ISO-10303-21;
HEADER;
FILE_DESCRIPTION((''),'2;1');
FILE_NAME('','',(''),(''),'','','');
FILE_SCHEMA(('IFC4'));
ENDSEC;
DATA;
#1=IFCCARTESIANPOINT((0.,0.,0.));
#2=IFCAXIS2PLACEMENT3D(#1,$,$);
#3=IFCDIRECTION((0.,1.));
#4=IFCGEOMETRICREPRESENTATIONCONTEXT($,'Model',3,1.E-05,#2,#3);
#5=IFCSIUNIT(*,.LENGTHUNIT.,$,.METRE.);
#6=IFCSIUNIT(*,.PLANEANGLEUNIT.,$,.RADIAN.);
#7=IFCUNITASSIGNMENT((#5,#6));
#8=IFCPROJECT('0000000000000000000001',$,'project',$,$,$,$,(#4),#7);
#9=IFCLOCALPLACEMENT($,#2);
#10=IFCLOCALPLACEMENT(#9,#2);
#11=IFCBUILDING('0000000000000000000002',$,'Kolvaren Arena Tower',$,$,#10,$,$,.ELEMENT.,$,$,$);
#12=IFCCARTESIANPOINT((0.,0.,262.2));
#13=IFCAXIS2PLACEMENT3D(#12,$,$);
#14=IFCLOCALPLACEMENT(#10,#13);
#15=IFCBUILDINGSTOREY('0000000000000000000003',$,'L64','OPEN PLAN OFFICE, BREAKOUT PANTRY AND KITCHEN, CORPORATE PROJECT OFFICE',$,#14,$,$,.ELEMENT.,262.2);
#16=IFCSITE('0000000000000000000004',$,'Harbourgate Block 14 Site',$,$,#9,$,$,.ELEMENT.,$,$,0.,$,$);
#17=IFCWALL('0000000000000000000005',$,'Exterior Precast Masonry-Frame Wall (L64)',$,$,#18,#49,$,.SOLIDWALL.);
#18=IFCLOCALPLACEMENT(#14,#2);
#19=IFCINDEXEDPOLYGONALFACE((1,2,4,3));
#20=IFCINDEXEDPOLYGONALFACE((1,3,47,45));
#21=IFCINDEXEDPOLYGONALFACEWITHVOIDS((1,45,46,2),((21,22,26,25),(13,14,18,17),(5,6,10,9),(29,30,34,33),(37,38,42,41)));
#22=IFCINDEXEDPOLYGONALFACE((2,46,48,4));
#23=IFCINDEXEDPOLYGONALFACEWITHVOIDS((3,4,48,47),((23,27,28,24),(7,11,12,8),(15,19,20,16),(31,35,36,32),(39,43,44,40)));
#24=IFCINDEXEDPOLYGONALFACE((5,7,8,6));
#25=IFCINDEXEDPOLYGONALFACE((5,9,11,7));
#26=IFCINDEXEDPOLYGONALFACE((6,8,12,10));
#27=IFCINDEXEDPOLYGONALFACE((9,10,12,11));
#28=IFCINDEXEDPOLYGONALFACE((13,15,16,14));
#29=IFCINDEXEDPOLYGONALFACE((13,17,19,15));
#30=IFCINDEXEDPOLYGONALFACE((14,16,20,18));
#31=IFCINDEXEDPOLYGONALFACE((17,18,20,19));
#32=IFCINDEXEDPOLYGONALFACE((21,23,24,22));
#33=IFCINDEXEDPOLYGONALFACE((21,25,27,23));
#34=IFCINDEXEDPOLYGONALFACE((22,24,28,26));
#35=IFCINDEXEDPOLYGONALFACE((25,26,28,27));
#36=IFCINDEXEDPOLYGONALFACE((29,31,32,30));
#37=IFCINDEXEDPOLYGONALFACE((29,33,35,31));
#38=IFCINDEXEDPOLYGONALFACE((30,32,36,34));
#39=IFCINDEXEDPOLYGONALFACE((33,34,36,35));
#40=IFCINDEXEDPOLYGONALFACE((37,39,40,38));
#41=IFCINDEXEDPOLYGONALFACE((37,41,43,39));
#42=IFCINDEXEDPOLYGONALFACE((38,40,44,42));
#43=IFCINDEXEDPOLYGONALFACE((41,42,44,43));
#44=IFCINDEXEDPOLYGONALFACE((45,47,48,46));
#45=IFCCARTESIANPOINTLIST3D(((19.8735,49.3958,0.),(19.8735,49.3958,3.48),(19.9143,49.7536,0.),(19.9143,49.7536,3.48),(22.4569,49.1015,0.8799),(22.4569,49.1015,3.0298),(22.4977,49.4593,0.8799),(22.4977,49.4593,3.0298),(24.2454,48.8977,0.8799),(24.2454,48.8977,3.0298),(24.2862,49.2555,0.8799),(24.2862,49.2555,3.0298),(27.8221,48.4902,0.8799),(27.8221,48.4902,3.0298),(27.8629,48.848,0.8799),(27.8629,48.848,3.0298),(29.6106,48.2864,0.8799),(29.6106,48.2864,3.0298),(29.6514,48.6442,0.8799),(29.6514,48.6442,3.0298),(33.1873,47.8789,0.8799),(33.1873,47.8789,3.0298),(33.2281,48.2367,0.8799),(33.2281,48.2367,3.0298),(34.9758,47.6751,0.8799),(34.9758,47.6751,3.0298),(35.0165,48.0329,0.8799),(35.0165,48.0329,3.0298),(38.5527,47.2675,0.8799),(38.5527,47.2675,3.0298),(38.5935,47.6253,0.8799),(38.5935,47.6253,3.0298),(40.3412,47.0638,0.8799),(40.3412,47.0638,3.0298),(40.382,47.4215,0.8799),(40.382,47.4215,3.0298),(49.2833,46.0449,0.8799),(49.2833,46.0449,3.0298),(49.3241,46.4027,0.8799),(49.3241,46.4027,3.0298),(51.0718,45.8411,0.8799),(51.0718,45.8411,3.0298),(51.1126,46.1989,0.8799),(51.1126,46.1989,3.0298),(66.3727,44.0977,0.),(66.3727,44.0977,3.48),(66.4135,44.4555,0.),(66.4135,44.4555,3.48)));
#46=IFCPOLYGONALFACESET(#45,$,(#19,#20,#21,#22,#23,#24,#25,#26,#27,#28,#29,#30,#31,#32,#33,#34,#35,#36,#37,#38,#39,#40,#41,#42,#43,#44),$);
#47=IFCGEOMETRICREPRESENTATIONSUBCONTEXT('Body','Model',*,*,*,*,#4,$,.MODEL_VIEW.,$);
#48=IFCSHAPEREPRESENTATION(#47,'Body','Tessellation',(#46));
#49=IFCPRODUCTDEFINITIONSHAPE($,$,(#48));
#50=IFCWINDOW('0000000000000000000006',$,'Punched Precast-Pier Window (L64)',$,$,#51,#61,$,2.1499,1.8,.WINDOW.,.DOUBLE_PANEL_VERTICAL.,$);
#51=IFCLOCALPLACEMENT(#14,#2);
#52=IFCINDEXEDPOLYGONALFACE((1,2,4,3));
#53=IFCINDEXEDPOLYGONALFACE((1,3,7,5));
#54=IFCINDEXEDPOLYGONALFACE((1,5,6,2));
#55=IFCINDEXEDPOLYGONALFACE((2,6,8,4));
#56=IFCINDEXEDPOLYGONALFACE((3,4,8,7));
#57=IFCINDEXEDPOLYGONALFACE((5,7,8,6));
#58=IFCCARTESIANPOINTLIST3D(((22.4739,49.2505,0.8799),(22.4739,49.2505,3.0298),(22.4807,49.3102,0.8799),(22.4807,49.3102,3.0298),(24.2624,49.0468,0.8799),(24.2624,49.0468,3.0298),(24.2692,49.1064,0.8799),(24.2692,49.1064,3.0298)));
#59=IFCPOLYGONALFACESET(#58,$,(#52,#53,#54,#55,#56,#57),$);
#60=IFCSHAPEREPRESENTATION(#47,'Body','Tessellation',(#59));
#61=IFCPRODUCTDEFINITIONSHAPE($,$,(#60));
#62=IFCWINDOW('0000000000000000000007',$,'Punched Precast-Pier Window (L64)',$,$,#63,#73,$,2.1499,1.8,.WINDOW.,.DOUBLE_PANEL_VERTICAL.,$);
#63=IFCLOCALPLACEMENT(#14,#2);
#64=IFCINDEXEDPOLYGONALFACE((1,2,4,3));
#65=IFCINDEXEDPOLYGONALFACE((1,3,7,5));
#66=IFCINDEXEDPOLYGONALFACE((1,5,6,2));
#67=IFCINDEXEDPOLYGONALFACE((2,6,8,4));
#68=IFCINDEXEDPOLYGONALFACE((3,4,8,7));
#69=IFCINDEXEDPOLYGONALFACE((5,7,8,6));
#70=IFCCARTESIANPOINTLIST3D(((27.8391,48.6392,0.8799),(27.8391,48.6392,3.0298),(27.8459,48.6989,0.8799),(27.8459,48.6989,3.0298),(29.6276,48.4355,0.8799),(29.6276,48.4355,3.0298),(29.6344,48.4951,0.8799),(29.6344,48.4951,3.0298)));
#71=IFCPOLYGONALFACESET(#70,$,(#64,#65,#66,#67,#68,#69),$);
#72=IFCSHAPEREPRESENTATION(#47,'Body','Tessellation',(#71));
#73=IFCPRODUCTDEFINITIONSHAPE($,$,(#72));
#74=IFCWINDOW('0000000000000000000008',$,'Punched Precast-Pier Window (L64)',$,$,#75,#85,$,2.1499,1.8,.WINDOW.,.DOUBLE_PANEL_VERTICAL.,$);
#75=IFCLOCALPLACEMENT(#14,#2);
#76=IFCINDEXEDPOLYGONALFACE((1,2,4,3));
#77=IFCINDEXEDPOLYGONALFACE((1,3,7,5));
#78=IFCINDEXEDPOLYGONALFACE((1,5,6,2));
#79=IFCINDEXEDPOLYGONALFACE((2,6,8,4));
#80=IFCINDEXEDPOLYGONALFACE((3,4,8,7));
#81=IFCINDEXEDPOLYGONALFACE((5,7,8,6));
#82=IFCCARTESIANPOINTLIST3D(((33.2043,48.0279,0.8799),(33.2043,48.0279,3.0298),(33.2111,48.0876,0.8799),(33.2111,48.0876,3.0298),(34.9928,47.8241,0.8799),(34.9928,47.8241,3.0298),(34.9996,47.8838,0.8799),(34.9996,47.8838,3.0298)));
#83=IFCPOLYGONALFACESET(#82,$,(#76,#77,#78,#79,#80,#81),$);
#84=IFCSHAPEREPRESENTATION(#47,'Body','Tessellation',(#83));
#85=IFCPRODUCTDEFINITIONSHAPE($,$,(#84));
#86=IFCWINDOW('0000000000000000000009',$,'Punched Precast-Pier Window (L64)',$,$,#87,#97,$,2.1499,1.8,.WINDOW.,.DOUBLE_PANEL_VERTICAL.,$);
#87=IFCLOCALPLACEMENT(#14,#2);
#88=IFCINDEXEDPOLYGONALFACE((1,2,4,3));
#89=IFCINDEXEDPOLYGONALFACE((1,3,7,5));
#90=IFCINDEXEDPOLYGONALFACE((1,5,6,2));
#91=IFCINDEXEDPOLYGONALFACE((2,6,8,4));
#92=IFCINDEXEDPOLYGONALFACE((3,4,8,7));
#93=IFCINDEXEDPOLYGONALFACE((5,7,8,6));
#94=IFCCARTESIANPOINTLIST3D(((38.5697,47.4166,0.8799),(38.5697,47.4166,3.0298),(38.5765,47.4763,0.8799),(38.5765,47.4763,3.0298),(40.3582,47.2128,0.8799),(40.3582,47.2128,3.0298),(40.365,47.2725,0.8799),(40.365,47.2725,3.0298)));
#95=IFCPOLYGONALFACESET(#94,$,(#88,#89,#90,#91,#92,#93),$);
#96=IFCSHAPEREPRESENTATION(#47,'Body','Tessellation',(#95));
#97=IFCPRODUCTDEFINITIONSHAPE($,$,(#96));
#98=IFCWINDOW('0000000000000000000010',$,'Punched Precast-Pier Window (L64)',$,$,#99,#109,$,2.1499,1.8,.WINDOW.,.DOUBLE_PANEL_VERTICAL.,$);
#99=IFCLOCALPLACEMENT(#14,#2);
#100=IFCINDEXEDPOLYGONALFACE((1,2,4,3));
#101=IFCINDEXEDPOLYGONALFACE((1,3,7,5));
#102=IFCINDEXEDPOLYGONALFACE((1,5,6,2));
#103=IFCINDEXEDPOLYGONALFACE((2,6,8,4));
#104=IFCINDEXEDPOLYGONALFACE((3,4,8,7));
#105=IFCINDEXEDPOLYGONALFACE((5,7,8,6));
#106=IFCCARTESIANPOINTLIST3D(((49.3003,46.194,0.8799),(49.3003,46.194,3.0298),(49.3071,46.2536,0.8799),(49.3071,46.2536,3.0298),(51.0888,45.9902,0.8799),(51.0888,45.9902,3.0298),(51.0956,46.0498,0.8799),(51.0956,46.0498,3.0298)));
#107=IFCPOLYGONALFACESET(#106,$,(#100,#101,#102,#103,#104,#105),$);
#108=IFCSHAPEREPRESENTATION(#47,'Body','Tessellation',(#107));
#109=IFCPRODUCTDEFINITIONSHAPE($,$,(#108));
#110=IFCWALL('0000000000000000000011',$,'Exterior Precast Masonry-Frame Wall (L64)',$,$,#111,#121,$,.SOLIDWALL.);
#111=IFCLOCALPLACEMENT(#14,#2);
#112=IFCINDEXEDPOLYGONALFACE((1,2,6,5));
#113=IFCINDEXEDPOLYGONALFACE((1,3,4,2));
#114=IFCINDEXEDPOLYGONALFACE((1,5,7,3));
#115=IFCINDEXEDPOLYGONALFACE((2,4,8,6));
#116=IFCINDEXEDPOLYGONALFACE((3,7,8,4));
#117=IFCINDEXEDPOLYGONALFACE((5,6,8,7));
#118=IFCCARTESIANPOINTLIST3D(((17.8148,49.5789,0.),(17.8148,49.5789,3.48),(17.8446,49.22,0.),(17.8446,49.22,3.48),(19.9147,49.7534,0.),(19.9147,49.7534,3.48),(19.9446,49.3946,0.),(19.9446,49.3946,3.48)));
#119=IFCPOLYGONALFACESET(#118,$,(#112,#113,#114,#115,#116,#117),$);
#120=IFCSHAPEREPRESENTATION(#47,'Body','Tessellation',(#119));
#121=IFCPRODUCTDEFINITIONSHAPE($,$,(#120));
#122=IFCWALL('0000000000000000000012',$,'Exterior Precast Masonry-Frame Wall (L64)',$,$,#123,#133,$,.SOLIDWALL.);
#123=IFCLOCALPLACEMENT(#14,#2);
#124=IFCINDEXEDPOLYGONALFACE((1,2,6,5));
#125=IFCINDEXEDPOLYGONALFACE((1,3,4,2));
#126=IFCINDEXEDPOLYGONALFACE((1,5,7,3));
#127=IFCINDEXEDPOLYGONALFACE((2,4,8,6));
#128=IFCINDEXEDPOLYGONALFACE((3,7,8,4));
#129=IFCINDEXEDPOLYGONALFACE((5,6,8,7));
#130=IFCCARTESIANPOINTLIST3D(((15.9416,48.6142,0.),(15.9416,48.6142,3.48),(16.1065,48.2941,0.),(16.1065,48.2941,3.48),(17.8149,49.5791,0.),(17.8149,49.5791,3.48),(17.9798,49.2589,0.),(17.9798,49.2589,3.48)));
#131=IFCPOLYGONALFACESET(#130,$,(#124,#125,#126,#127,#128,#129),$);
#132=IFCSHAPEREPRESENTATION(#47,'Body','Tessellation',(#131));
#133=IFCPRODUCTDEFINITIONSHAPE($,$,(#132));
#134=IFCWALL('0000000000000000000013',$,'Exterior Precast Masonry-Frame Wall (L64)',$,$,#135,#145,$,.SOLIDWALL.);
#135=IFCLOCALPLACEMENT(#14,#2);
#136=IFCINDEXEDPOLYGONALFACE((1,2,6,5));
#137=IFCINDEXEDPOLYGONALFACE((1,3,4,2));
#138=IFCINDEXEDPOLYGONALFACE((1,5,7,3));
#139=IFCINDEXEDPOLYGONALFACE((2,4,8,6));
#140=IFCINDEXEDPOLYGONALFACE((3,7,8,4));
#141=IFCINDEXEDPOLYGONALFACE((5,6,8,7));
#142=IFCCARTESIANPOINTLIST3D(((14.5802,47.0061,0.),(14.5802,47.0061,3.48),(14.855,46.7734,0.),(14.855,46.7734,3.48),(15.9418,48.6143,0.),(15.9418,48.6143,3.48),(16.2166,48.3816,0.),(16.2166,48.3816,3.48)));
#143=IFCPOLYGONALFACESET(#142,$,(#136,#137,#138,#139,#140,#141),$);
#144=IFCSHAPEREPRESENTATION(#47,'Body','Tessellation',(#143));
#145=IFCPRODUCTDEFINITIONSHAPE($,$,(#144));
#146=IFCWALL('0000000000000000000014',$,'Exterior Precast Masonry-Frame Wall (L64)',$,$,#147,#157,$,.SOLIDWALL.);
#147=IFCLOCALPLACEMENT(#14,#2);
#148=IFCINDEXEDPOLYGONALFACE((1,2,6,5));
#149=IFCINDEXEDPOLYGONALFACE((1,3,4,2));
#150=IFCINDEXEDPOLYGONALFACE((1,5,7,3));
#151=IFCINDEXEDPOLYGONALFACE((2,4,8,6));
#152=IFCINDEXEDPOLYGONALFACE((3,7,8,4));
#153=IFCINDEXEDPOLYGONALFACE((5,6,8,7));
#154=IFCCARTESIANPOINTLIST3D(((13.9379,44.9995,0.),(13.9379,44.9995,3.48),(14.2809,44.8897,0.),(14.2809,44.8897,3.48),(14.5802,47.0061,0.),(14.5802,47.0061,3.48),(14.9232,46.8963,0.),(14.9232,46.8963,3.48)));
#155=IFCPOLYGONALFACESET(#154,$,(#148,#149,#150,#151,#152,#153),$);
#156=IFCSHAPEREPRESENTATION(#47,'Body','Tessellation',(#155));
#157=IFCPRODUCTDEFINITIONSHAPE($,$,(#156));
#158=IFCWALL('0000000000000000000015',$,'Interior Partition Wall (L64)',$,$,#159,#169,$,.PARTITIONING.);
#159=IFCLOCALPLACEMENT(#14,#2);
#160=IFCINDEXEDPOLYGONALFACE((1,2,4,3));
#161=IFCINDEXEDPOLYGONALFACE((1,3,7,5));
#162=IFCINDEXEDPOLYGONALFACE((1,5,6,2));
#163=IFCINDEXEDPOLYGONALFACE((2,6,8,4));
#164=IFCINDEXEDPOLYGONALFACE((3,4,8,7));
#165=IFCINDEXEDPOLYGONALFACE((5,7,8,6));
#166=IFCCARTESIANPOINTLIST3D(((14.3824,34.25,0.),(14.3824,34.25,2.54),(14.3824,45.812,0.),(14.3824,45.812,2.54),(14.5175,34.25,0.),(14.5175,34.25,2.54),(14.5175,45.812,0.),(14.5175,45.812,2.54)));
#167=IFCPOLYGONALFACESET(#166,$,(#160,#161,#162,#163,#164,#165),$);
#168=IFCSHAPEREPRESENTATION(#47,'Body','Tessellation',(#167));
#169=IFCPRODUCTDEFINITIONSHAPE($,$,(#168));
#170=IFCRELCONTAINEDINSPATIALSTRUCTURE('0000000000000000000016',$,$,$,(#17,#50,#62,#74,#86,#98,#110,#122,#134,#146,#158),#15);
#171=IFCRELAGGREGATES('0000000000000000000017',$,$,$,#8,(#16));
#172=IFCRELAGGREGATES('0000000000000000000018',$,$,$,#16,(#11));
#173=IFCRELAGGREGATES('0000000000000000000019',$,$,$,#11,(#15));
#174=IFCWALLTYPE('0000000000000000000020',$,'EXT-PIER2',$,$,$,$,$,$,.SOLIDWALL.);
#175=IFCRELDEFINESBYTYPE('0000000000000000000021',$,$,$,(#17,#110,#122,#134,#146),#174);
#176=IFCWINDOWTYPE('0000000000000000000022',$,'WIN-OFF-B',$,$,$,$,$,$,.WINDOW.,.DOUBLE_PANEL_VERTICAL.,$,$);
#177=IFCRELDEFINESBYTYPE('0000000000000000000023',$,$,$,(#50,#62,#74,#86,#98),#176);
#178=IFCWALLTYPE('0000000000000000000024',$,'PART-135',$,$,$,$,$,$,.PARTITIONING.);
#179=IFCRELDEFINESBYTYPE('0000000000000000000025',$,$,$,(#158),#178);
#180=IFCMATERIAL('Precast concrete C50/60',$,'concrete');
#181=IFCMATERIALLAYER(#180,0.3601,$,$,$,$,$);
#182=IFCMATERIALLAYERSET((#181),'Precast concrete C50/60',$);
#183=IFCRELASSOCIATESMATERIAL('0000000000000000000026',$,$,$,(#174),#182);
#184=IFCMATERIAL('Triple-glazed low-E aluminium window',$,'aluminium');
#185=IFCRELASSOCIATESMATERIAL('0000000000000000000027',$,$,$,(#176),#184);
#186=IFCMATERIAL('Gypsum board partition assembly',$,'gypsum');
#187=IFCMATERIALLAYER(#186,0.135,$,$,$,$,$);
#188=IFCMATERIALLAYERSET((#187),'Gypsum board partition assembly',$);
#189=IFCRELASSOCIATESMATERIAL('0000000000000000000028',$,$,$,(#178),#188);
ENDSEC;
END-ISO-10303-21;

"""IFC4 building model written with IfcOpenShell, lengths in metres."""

from ifc_helpers import new_model, si_unit, direction, frame, frame_2d, origin, place, context, subcontext, project, spatial, rectangle, extrude, material, layer, layer_set, type_object, element, fill, save


model = new_model("IFC4")

# Units and contexts
model_context = context("Model", 3, precision=1e-05, world=origin(), true_north=direction((0.0, 1.0)))
body_context = subcontext(model_context, "Body", "Model", "MODEL_VIEW")
ifc_project = project(units=[si_unit("LENGTHUNIT", "METRE"), si_unit("PLANEANGLEUNIT", "RADIAN")], contexts=[model_context])

# Site, building, storey
site_placement = place(None, origin())
site = spatial("IfcSite", under=ifc_project, at=site_placement, Name="Harbourgate Block 14 Site", CompositionType="ELEMENT", RefElevation=0.0)
building_placement = place(site_placement, origin())
building = spatial("IfcBuilding", under=site, at=building_placement, Name="Kolvaren Arena Tower", CompositionType="ELEMENT")
storey_placement = place(building_placement, frame((0.0, 0.0, 262.2)))
storey = spatial("IfcBuildingStorey", under=building, at=storey_placement, Name="L64", Description="OPEN PLAN OFFICE, BREAKOUT PANTRY AND KITCHEN, CORPORATE PROJECT OFFICE", CompositionType="ELEMENT", Elevation=262.2)

# Wall, openings, windows
ifc_material_1 = material(Name="Precast concrete C50/60", Category="concrete")
ifc_layer_1 = layer(ifc_material_1, 0.3601)
ifc_layer_set_1 = layer_set([ifc_layer_1], Name="Precast concrete C50/60")
wall_type_1 = type_object("IfcWallType", Name="EXT-PIER2", PredefinedType="SOLIDWALL", material=ifc_layer_set_1)
wall_1_placement = place(storey_placement, frame((19.894, 49.5747, 0.0), z_axis=(0.0, 0.0, 1.0), x_axis=(0.993571, -0.113207, 0.0)))
wall_1 = element("IfcWall", 1, at=wall_1_placement, inside=storey, type_object=wall_type_1, Name="Exterior Precast Masonry-Frame Wall (L64)", PredefinedType="SOLIDWALL", context=body_context, shape_type="SweptSolid", body=[
    extrude(rectangle(XDim=46.8, YDim=0.3601, at=frame_2d((23.3999, 0.0))), origin(), (0.0, 0.0, 1.0), 3.48),
])
opening_1_placement = place(wall_1_placement, frame((2.6001, 0.0, 0.8799)))
opening_1 = element("IfcOpeningElement", 2, at=opening_1_placement, cuts=wall_1, PredefinedType="OPENING", context=body_context, shape_type="SweptSolid", body=[
    extrude(rectangle(XDim=1.8, YDim=2.1499, at=frame_2d((0.8999, 1.075))), frame((0.0, 0.1899, 0.0), z_axis=(0.0, -1.0, 0.0), x_axis=(1.0, 0.0, 0.0)), (0.0, 0.0, 1.0), 0.3801),
])
opening_2_placement = place(wall_1_placement, frame((8.0, 0.0, 0.8799)))
opening_2 = element("IfcOpeningElement", 3, at=opening_2_placement, cuts=wall_1, PredefinedType="OPENING", context=body_context, shape_type="SweptSolid", body=[
    extrude(rectangle(XDim=1.8, YDim=2.1499, at=frame_2d((0.8999, 1.075))), frame((0.0, 0.1899, 0.0), z_axis=(0.0, -1.0, 0.0), x_axis=(1.0, 0.0, 0.0)), (0.0, 0.0, 1.0), 0.3801),
])
opening_3_placement = place(wall_1_placement, frame((13.3999, 0.0, 0.8799)))
opening_3 = element("IfcOpeningElement", 4, at=opening_3_placement, cuts=wall_1, PredefinedType="OPENING", context=body_context, shape_type="SweptSolid", body=[
    extrude(rectangle(XDim=1.8, YDim=2.1499, at=frame_2d((0.8999, 1.075))), frame((0.0, 0.1899, 0.0), z_axis=(0.0, -1.0, 0.0), x_axis=(1.0, 0.0, 0.0)), (0.0, 0.0, 1.0), 0.3801),
])
opening_4_placement = place(wall_1_placement, frame((18.8, 0.0, 0.8799)))
opening_4 = element("IfcOpeningElement", 5, at=opening_4_placement, cuts=wall_1, PredefinedType="OPENING", context=body_context, shape_type="SweptSolid", body=[
    extrude(rectangle(XDim=1.8, YDim=2.1499, at=frame_2d((0.8999, 1.075))), frame((0.0, 0.1899, 0.0), z_axis=(0.0, -1.0, 0.0), x_axis=(1.0, 0.0, 0.0)), (0.0, 0.0, 1.0), 0.3801),
])
opening_5_placement = place(wall_1_placement, frame((29.6001, 0.0, 0.8799)))
opening_5 = element("IfcOpeningElement", 6, at=opening_5_placement, cuts=wall_1, PredefinedType="OPENING", context=body_context, shape_type="SweptSolid", body=[
    extrude(rectangle(XDim=1.8, YDim=2.1499, at=frame_2d((0.8999, 1.075))), frame((0.0, 0.1899, 0.0), z_axis=(0.0, -1.0, 0.0), x_axis=(1.0, 0.0, 0.0)), (0.0, 0.0, 1.0), 0.3801),
])
ifc_material_2 = material(Name="Triple-glazed low-E aluminium window", Category="aluminium")
window_type = type_object("IfcWindowType", Name="WIN-OFF-B", PartitioningType="DOUBLE_PANEL_VERTICAL", PredefinedType="WINDOW", material=ifc_material_2)
window_1_placement = place(opening_1_placement, origin())
window_1 = element("IfcWindow", 7, at=window_1_placement, inside=storey, type_object=window_type, Name="Punched Precast-Pier Window (L64)", OverallHeight=2.1499, OverallWidth=1.8, PartitioningType="DOUBLE_PANEL_VERTICAL", PredefinedType="WINDOW", context=body_context, shape_type="SweptSolid", body=[
    extrude(rectangle(XDim=1.8, YDim=2.1499, at=frame_2d((0.8999, 1.075))), frame((0.0, 0.03, 0.0), z_axis=(0.0, -1.0, 0.0), x_axis=(1.0, 0.0, 0.0)), (0.0, 0.0, 1.0), 0.0601),
])
fill(opening_1, window_1)
window_2_placement = place(opening_2_placement, origin())
window_2 = element("IfcWindow", 8, at=window_2_placement, inside=storey, type_object=window_type, Name="Punched Precast-Pier Window (L64)", OverallHeight=2.1499, OverallWidth=1.8, PartitioningType="DOUBLE_PANEL_VERTICAL", PredefinedType="WINDOW", context=body_context, shape_type="SweptSolid", body=[
    extrude(rectangle(XDim=1.8, YDim=2.1499, at=frame_2d((0.8999, 1.075))), frame((0.0, 0.03, 0.0), z_axis=(0.0, -1.0, 0.0), x_axis=(1.0, 0.0, 0.0)), (0.0, 0.0, 1.0), 0.0601),
])
fill(opening_2, window_2)
window_3_placement = place(opening_3_placement, origin())
window_3 = element("IfcWindow", 9, at=window_3_placement, inside=storey, type_object=window_type, Name="Punched Precast-Pier Window (L64)", OverallHeight=2.1499, OverallWidth=1.8, PartitioningType="DOUBLE_PANEL_VERTICAL", PredefinedType="WINDOW", context=body_context, shape_type="SweptSolid", body=[
    extrude(rectangle(XDim=1.8, YDim=2.1499, at=frame_2d((0.8999, 1.075))), frame((0.0, 0.03, 0.0), z_axis=(0.0, -1.0, 0.0), x_axis=(1.0, 0.0, 0.0)), (0.0, 0.0, 1.0), 0.0601),
])
fill(opening_3, window_3)
window_4_placement = place(opening_4_placement, origin())
window_4 = element("IfcWindow", 10, at=window_4_placement, inside=storey, type_object=window_type, Name="Punched Precast-Pier Window (L64)", OverallHeight=2.1499, OverallWidth=1.8, PartitioningType="DOUBLE_PANEL_VERTICAL", PredefinedType="WINDOW", context=body_context, shape_type="SweptSolid", body=[
    extrude(rectangle(XDim=1.8, YDim=2.1499, at=frame_2d((0.8999, 1.075))), frame((0.0, 0.03, 0.0), z_axis=(0.0, -1.0, 0.0), x_axis=(1.0, 0.0, 0.0)), (0.0, 0.0, 1.0), 0.0601),
])
fill(opening_4, window_4)
window_5_placement = place(opening_5_placement, origin())
window_5 = element("IfcWindow", 11, at=window_5_placement, inside=storey, type_object=window_type, Name="Punched Precast-Pier Window (L64)", OverallHeight=2.1499, OverallWidth=1.8, PartitioningType="DOUBLE_PANEL_VERTICAL", PredefinedType="WINDOW", context=body_context, shape_type="SweptSolid", body=[
    extrude(rectangle(XDim=1.8, YDim=2.1499, at=frame_2d((0.8999, 1.075))), frame((0.0, 0.03, 0.0), z_axis=(0.0, -1.0, 0.0), x_axis=(1.0, 0.0, 0.0)), (0.0, 0.0, 1.0), 0.0601),
])
fill(opening_5, window_5)

# Walls
for number, where, z_axis, x_axis, name in (
    (12, (17.8296, 49.3994, 0.0), (0.0, 0.0, 1.0), (0.996563, 0.082844, 0.0), "Exterior Precast Masonry-Frame Wall (L64)"),
    (13, (16.0239, 48.4541, 0.0), (0.0, 0.0, 1.0), (0.88901, 0.457887, 0.0), "Exterior Precast Masonry-Frame Wall (L64)"),
    (14, (14.7175, 46.8896, 0.0), (0.0, 0.0, 1.0), (0.646171, 0.763193, 0.0), "Exterior Precast Masonry-Frame Wall (L64)"),
):
    element("IfcWall", number, at=place(storey_placement, frame(where, z_axis=z_axis, x_axis=x_axis)), inside=storey, type_object=wall_type_1, Name=name, PredefinedType="SOLIDWALL", context=body_context, shape_type="SweptSolid", body=[
        extrude(rectangle(XDim=2.1072, YDim=0.3601, at=frame_2d((1.0537, 0.0))), origin(), (0.0, 0.0, 1.0), 3.48),
    ])
wall_2_placement = place(storey_placement, frame((14.1094, 44.9446, 0.0), z_axis=(0.0, 0.0, 1.0), x_axis=(0.304872, 0.952393, 0.0)))
element("IfcWall", 15, at=wall_2_placement, inside=storey, type_object=wall_type_1, Name="Exterior Precast Masonry-Frame Wall (L64)", PredefinedType="SOLIDWALL", context=body_context, shape_type="SweptSolid", body=[
    extrude(rectangle(XDim=2.1069, YDim=0.3601, at=frame_2d((1.0535, 0.0))), origin(), (0.0, 0.0, 1.0), 3.48),
])
ifc_material_3 = material(Name="Gypsum board partition assembly", Category="gypsum")
ifc_layer_2 = layer(ifc_material_3, 0.135)
ifc_layer_set_2 = layer_set([ifc_layer_2], Name="Gypsum board partition assembly")
wall_type_2 = type_object("IfcWallType", Name="PART-135", PredefinedType="PARTITIONING", material=ifc_layer_set_2)
wall_3_placement = place(storey_placement, frame((14.45, 34.25, 0.0), z_axis=(0.0, 0.0, 1.0), x_axis=(0.0, 1.0, 0.0)))
element("IfcWall", 16, at=wall_3_placement, inside=storey, type_object=wall_type_2, Name="Interior Partition Wall (L64)", PredefinedType="PARTITIONING", context=body_context, shape_type="SweptSolid", body=[
    extrude(rectangle(XDim=11.562, YDim=0.135, at=frame_2d((5.781, 0.0))), origin(), (0.0, 0.0, 1.0), 2.54),
])

save(model, "model.ifc")
